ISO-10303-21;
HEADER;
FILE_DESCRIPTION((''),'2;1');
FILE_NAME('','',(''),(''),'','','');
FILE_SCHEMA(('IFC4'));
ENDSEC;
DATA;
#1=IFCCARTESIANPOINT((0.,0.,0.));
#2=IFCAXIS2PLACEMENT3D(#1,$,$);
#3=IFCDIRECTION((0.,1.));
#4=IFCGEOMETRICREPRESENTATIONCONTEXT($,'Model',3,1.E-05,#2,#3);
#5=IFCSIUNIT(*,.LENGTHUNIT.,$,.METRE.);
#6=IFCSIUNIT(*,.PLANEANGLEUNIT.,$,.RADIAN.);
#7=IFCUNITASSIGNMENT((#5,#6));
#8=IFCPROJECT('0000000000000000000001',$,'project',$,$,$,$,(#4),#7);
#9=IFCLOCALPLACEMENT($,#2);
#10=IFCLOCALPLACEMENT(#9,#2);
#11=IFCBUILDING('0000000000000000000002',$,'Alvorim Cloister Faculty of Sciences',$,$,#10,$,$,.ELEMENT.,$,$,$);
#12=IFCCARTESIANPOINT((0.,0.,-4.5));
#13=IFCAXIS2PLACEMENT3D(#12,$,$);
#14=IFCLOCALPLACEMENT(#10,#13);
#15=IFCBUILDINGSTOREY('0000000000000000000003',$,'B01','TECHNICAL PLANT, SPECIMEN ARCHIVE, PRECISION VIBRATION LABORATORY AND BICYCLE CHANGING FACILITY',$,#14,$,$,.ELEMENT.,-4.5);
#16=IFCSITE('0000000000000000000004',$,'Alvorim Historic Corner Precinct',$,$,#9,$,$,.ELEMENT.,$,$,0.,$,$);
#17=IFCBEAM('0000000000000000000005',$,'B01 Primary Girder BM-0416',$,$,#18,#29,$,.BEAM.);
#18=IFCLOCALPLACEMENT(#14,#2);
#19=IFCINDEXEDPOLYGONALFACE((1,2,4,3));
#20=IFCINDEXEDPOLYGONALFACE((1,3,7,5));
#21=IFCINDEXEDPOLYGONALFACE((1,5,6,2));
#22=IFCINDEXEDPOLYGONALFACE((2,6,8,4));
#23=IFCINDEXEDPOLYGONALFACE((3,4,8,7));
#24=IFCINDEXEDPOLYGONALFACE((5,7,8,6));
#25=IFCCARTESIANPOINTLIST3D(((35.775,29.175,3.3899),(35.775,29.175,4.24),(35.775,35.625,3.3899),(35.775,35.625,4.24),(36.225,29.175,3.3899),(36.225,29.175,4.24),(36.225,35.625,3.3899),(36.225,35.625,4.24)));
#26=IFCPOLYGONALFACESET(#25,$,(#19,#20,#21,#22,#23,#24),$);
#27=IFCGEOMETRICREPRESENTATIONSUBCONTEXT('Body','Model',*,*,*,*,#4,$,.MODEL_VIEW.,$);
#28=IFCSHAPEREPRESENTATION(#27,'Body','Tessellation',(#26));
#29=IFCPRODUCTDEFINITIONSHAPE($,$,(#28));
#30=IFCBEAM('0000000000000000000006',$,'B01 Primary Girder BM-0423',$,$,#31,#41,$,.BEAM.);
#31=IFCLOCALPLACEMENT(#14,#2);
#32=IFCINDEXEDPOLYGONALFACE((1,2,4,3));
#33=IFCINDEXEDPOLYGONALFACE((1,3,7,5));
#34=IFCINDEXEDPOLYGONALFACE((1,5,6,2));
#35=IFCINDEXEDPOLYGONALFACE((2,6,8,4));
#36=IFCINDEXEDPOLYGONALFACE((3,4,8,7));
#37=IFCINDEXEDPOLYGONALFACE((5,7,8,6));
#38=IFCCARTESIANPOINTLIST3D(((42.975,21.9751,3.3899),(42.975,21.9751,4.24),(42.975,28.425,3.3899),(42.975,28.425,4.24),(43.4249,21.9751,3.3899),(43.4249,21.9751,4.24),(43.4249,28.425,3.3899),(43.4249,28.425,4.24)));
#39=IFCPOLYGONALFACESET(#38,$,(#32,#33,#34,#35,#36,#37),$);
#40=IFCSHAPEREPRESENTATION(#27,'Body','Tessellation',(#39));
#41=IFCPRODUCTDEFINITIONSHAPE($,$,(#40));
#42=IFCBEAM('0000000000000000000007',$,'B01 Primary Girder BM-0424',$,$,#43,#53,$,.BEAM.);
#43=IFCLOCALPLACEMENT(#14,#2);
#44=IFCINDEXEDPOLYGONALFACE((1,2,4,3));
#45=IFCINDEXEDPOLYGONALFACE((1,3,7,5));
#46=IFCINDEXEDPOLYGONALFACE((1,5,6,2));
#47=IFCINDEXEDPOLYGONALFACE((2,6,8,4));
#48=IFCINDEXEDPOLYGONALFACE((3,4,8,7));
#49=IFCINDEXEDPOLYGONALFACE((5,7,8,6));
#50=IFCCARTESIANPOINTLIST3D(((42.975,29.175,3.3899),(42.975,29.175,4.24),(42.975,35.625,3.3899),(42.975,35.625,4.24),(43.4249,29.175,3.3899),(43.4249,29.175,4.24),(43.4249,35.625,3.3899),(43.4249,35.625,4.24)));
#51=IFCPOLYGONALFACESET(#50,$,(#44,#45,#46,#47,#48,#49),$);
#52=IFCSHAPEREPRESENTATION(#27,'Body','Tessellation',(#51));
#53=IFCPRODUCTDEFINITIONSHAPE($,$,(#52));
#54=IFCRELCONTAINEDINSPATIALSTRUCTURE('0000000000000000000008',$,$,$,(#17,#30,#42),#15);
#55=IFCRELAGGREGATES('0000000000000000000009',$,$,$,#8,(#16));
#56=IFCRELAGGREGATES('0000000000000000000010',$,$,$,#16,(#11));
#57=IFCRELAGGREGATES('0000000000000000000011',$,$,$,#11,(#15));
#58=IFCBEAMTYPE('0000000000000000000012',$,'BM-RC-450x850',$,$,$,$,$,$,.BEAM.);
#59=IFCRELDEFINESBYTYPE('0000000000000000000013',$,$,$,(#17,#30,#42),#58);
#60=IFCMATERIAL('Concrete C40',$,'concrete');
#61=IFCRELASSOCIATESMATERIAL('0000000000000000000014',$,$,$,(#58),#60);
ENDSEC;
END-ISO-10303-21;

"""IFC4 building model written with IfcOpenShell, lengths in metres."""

from ifc_helpers import new_model, si_unit, direction, frame, origin, origin_2d, place, context, subcontext, project, spatial, rectangle, extrude, material, material_profile, profile_set, type_object, element, save


model = new_model("IFC4")

# Units and contexts
model_context = context("Model", 3, precision=1e-05, world=origin(), true_north=direction((0.0, 1.0)))
body_context = subcontext(model_context, "Body", "Model", "MODEL_VIEW")
ifc_project = project(units=[si_unit("LENGTHUNIT", "METRE"), si_unit("PLANEANGLEUNIT", "RADIAN")], contexts=[model_context])

# Site, building, storey
site_placement = place(None, origin())
site = spatial("IfcSite", under=ifc_project, at=site_placement, Name="Alvorim Historic Corner Precinct", CompositionType="ELEMENT", RefElevation=0.0)
building_placement = place(site_placement, origin())
building = spatial("IfcBuilding", under=site, at=building_placement, Name="Alvorim Cloister Faculty of Sciences", CompositionType="ELEMENT")
storey_placement = place(building_placement, frame((0.0, 0.0, -4.5)))
storey = spatial("IfcBuildingStorey", under=building, at=storey_placement, Name="B01", Description="TECHNICAL PLANT, SPECIMEN ARCHIVE, PRECISION VIBRATION LABORATORY AND BICYCLE CHANGING FACILITY", CompositionType="ELEMENT", Elevation=-4.5)

# Shared definitions
ifc_material_1 = material(Name="Concrete C40", Category="concrete")

# Beams
ifc_material_profile_1 = material_profile(ifc_material_1, rectangle(XDim=0.45, YDim=0.8501, at=origin_2d()), Name="RC40-BM-450x850")
ifc_profile_set_1 = profile_set([ifc_material_profile_1], Name="Concrete C40")
beam_type_1 = type_object("IfcBeamType", Name="BM-RC-450x850", PredefinedType="BEAM", material=ifc_profile_set_1)
for number, where, z_axis, x_axis, name in (
    (1, (36.0, 29.175, 3.8149), (0.0, 1.0, 0.0), (-1.0, 0.0, 0.0), "B01 Primary Girder BM-0416"),
    (2, (43.2, 21.9751, 3.8149), (0.0, 1.0, 0.0), (-1.0, 0.0, 0.0), "B01 Primary Girder BM-0423"),
    (3, (43.2, 29.175, 3.8149), (0.0, 1.0, 0.0), (-1.0, 0.0, 0.0), "B01 Primary Girder BM-0424"),
):
    element("IfcBeam", number, at=place(storey_placement, frame(where, z_axis=z_axis, x_axis=x_axis)), inside=storey, type_object=beam_type_1, Name=name, PredefinedType="BEAM", context=body_context, shape_type="SweptSolid", body=[
        extrude(rectangle(XDim=0.45, YDim=0.8501, at=origin_2d()), origin(), (0.0, 0.0, 1.0), 6.45),
    ])

save(model, "model.ifc")
